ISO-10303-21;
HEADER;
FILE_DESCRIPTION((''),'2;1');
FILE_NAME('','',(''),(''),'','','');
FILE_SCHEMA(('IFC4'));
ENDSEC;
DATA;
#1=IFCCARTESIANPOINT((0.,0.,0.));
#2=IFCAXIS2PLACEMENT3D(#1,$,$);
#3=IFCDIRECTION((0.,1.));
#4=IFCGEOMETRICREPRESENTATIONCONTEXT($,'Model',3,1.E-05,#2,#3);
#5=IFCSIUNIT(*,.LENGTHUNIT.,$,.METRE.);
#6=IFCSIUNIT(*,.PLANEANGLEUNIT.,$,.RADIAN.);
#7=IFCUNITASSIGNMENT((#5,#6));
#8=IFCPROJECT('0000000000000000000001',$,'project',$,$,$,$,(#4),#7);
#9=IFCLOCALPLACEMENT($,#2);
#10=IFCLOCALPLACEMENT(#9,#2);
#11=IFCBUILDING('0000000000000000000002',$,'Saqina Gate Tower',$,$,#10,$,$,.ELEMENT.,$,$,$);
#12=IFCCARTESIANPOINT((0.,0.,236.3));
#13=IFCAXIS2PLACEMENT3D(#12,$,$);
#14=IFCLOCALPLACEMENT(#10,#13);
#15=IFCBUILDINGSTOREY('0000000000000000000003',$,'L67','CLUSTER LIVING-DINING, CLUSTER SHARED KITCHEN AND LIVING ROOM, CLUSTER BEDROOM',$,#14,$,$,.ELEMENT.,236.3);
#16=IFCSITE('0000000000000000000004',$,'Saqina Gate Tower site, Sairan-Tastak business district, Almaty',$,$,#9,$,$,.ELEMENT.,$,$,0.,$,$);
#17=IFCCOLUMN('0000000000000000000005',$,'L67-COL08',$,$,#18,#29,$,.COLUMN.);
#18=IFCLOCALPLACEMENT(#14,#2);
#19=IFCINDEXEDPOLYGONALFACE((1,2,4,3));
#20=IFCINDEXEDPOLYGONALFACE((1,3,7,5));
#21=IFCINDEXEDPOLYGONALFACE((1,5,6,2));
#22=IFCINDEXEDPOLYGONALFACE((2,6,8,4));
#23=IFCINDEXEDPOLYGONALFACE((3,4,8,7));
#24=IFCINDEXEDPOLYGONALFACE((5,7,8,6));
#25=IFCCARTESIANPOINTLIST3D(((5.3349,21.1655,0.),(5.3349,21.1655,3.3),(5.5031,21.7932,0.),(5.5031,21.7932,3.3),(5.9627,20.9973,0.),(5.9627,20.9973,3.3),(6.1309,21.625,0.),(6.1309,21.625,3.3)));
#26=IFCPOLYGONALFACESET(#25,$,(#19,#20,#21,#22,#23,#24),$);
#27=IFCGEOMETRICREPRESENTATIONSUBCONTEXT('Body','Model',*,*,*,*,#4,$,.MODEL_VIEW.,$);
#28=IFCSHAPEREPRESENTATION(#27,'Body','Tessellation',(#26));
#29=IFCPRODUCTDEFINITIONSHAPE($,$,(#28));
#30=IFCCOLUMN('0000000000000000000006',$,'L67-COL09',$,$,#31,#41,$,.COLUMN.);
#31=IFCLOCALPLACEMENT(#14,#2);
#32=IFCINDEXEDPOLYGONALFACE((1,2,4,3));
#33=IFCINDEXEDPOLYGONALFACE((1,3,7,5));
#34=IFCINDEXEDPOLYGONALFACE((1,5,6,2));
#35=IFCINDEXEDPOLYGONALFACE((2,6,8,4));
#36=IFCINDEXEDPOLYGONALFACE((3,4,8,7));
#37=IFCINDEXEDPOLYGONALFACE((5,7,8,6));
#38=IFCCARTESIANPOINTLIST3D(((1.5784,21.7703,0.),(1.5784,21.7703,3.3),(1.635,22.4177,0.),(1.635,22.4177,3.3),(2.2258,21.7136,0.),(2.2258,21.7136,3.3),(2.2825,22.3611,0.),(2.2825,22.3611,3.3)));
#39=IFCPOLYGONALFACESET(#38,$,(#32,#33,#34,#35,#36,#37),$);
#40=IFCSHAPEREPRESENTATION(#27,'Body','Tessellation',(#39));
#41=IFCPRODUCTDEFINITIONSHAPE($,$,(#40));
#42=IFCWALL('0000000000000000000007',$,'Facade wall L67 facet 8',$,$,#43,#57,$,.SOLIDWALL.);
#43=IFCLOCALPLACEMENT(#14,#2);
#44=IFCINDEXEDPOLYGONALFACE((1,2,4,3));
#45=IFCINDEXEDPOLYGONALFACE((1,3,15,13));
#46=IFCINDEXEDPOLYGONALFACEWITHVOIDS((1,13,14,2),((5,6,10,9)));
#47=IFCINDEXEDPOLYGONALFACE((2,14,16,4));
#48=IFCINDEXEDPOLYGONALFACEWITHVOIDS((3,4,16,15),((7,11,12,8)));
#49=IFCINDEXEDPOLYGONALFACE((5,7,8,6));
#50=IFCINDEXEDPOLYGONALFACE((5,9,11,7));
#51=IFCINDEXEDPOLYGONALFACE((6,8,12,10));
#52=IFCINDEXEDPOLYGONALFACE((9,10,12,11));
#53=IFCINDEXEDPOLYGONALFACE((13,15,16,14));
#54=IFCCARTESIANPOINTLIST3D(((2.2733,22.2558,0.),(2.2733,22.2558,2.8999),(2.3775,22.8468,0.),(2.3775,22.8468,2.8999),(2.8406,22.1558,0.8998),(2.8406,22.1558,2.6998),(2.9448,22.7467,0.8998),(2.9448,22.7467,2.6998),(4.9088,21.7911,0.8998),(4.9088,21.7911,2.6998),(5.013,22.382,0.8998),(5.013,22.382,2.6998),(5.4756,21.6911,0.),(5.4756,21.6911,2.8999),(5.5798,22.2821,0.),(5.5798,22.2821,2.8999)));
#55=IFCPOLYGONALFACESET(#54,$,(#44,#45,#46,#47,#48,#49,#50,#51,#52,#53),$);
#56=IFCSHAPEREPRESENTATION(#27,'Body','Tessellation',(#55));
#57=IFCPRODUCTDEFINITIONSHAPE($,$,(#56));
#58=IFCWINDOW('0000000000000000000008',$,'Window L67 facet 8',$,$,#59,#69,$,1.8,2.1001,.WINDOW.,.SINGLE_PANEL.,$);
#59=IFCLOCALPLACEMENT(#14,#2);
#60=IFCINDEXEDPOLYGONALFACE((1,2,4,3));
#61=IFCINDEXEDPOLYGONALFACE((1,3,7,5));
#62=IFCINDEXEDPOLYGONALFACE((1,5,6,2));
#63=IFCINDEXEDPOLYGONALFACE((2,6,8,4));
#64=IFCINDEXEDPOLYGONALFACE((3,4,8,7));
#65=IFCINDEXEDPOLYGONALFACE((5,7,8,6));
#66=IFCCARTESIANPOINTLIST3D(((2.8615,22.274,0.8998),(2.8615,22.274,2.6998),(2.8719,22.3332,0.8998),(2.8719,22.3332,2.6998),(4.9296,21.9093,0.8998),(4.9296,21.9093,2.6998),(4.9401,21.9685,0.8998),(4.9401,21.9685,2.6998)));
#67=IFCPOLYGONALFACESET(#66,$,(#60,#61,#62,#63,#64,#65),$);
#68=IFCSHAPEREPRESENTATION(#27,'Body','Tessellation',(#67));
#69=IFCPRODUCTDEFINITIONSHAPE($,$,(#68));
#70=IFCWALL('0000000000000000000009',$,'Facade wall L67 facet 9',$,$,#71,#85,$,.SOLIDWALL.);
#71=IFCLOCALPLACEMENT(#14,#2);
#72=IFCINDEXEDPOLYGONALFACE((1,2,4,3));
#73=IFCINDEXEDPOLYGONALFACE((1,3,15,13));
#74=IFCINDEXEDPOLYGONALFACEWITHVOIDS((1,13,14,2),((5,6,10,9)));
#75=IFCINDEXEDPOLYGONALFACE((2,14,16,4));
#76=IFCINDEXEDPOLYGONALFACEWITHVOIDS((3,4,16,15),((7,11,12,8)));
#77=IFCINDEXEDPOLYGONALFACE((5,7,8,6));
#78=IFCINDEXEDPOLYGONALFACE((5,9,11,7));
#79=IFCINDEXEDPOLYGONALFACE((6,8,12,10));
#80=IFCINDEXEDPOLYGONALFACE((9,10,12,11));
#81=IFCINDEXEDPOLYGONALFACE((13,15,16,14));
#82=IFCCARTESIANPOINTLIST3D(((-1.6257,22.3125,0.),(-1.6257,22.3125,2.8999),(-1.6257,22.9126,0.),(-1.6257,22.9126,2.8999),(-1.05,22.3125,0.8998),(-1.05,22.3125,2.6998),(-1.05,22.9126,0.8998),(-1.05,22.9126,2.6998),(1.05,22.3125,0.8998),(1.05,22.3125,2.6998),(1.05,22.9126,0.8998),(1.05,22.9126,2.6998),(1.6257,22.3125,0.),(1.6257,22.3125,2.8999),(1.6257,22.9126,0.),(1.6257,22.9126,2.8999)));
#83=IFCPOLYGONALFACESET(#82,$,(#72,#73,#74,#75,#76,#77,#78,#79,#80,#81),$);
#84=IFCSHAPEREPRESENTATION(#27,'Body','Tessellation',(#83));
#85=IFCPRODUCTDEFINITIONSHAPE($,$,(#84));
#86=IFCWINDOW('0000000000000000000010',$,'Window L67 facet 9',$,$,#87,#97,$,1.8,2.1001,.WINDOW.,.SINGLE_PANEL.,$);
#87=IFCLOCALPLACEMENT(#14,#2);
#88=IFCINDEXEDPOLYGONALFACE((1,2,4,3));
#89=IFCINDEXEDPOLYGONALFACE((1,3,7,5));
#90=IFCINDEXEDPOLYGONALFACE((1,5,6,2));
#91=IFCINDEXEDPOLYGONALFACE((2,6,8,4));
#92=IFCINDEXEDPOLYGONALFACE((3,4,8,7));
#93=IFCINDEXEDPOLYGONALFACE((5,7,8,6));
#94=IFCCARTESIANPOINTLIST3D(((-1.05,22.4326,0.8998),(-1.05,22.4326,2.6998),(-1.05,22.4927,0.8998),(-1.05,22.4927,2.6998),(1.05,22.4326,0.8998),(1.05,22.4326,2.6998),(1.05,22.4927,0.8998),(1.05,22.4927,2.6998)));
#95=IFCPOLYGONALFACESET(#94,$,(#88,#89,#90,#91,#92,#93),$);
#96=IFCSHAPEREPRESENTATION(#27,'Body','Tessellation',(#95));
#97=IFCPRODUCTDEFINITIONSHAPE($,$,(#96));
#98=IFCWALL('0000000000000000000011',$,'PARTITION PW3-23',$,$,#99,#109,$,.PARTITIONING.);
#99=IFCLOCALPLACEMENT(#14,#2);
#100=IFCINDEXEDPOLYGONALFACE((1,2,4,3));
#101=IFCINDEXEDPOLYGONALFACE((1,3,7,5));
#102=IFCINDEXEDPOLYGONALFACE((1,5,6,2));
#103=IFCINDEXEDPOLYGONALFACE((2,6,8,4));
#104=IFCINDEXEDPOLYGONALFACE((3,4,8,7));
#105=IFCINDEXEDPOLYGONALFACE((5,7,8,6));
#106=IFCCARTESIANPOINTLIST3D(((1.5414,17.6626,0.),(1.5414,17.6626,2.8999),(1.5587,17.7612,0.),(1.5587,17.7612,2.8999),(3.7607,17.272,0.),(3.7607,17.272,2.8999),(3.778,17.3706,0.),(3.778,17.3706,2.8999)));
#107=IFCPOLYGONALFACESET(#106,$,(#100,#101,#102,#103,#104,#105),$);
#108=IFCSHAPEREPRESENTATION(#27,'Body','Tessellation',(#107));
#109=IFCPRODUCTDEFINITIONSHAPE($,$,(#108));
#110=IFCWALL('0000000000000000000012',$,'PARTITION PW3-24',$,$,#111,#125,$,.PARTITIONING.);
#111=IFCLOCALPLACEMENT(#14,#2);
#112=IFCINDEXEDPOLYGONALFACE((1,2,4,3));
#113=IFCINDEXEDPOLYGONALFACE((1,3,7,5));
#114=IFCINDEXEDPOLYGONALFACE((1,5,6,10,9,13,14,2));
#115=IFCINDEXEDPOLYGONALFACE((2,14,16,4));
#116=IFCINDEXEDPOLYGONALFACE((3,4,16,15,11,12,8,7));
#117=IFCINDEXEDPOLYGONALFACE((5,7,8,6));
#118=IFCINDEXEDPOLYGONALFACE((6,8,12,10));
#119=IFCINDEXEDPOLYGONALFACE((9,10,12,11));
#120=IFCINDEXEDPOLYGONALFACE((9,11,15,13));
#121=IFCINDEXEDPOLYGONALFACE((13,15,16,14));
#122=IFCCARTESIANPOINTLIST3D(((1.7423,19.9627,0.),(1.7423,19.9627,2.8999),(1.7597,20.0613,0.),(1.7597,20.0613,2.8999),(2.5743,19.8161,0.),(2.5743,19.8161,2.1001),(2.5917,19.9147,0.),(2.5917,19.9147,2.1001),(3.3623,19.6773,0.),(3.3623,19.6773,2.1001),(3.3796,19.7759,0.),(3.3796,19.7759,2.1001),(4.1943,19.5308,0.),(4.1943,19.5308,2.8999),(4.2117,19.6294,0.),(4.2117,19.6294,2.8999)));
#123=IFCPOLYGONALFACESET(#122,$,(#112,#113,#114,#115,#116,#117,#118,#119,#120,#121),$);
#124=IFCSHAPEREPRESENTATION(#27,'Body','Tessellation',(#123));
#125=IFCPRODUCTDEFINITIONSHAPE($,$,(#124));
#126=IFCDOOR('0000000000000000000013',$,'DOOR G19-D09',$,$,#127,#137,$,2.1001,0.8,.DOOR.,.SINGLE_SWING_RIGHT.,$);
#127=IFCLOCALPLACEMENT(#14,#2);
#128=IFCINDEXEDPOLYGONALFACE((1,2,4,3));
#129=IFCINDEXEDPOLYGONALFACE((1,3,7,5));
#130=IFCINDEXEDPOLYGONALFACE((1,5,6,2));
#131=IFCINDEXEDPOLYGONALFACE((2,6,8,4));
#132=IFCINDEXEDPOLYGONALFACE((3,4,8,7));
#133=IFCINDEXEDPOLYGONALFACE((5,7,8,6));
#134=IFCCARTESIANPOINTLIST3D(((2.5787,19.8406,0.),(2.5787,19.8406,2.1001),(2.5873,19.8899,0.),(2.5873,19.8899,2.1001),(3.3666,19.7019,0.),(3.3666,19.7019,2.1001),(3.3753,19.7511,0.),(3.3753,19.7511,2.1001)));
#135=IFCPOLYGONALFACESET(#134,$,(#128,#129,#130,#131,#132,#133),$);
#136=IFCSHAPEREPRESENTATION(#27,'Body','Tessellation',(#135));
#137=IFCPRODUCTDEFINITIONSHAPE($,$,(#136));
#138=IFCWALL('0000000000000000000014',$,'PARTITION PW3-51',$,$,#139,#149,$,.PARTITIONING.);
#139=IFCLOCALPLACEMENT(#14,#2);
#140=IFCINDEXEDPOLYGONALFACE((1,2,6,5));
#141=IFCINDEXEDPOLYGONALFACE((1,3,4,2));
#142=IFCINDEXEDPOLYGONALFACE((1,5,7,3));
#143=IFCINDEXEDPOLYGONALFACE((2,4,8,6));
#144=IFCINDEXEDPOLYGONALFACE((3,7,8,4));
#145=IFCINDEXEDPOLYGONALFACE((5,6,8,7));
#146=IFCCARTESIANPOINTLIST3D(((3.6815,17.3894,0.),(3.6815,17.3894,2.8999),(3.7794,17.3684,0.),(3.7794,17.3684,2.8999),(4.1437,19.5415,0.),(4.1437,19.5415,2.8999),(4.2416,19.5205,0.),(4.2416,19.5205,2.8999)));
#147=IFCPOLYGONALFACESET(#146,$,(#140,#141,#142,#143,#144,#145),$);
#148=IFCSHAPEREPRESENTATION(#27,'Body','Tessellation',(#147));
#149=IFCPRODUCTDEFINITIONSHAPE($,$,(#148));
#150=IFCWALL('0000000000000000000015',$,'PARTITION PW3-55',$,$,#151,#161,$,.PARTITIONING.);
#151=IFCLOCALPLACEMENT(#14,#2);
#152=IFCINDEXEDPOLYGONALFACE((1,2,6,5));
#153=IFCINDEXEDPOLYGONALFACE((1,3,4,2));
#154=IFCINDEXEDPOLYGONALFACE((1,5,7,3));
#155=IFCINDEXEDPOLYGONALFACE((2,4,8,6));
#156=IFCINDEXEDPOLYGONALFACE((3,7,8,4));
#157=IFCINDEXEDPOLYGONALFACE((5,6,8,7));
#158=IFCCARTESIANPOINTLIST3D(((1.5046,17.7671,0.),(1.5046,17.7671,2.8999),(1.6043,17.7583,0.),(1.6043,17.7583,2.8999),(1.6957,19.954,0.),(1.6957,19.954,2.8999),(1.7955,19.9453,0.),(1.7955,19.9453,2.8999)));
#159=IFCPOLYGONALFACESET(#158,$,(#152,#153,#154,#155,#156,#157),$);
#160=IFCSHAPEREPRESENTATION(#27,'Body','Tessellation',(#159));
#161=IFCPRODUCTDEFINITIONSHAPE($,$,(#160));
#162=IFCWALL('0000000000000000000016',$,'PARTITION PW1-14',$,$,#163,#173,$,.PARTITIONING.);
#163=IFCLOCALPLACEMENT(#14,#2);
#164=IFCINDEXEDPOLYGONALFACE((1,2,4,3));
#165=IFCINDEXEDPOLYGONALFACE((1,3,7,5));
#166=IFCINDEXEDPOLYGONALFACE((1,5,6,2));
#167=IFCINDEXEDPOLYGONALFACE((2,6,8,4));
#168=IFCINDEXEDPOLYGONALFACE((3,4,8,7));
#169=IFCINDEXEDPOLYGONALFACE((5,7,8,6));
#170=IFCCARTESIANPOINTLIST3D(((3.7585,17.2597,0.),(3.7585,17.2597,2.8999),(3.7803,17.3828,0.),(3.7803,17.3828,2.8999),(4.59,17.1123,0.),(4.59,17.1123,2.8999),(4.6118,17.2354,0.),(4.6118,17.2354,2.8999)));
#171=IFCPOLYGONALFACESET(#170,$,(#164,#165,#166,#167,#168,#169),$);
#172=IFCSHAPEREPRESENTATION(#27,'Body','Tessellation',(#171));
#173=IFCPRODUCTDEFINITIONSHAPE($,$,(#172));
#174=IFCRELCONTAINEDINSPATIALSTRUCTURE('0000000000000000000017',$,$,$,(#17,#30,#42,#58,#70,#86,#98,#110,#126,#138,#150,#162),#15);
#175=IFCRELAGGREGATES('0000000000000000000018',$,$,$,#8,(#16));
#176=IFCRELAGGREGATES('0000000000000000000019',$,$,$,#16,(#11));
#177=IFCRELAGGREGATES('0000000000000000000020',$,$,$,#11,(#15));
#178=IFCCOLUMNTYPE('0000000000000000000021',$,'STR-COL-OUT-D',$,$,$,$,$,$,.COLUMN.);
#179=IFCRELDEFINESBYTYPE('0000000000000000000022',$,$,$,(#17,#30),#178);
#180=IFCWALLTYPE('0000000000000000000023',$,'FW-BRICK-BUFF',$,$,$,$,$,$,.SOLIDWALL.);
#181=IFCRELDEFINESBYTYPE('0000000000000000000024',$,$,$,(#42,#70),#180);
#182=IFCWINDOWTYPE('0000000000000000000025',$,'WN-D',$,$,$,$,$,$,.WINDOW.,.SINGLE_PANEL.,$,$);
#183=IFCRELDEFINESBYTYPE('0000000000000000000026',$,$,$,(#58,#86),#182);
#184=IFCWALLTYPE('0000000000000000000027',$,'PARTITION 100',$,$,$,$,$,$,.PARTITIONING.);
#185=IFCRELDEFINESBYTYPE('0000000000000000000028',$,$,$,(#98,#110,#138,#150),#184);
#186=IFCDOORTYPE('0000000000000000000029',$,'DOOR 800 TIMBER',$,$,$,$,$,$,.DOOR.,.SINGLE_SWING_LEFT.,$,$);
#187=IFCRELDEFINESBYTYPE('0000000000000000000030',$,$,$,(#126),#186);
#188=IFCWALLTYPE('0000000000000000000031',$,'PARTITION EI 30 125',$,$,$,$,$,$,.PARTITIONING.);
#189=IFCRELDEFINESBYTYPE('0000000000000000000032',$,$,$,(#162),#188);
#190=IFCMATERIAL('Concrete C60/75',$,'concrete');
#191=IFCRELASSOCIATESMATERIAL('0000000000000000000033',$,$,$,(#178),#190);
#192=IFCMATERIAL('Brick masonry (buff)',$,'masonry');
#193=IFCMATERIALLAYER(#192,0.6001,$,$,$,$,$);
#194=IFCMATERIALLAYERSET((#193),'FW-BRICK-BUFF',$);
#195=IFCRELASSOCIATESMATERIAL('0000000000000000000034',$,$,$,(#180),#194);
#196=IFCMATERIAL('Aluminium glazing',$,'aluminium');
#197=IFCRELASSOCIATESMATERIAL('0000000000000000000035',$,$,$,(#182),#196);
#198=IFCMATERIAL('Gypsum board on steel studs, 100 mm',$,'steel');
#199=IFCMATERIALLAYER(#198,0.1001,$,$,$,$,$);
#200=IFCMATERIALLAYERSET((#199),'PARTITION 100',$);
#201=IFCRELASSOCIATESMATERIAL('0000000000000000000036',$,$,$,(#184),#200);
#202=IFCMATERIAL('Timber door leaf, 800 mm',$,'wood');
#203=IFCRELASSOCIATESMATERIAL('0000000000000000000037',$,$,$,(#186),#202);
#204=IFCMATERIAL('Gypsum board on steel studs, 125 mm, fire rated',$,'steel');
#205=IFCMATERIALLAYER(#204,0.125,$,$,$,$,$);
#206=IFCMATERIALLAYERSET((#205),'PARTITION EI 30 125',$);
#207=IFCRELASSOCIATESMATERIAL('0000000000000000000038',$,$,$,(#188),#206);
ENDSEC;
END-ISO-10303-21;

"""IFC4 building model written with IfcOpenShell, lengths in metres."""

from ifc_helpers import new_model, si_unit, direction, frame, frame_2d, origin, origin_2d, place, context, subcontext, project, spatial, rectangle, extrude, material, layer, layer_set, material_profile, profile_set, type_object, element, fill, save


model = new_model("IFC4")

# Units and contexts
model_context = context("Model", 3, precision=1e-05, world=origin(), true_north=direction((0.0, 1.0)))
body_context = subcontext(model_context, "Body", "Model", "MODEL_VIEW")
ifc_project = project(units=[si_unit("LENGTHUNIT", "METRE"), si_unit("PLANEANGLEUNIT", "RADIAN")], contexts=[model_context])

# Site, building, storey
site_placement = place(None, origin())
site = spatial("IfcSite", under=ifc_project, at=site_placement, Name="Saqina Gate Tower site, Sairan-Tastak business district, Almaty", CompositionType="ELEMENT", RefElevation=0.0)
building_placement = place(site_placement, origin())
building = spatial("IfcBuilding", under=site, at=building_placement, Name="Saqina Gate Tower", CompositionType="ELEMENT")
storey_placement = place(building_placement, frame((0.0, 0.0, 236.3)))
storey = spatial("IfcBuildingStorey", under=building, at=storey_placement, Name="L67", Description="CLUSTER LIVING-DINING, CLUSTER SHARED KITCHEN AND LIVING ROOM, CLUSTER BEDROOM", CompositionType="ELEMENT", Elevation=236.3)

# Columns
ifc_material_1 = material(Name="Concrete C60/75", Category="concrete")
ifc_material_profile = material_profile(ifc_material_1, rectangle(XDim=0.6499, YDim=0.6499, at=origin_2d()), Name="RC 650x650")
ifc_profile_set = profile_set([ifc_material_profile], Name="Concrete C60/75")
column_type = type_object("IfcColumnType", Name="STR-COL-OUT-D", PredefinedType="COLUMN", material=ifc_profile_set)
for number, where, z_axis, x_axis, name in (
    (1, (5.7329, 21.3953, 0.0), (0.0, 0.0, 1.0), (0.258819, 0.965926, 0.0), "L67-COL08"),
    (2, (1.9304, 22.0657, 0.0), (0.0, 0.0, 1.0), (0.087156, 0.996195, 0.0), "L67-COL09"),
):
    element("IfcColumn", number, at=place(storey_placement, frame(where, z_axis=z_axis, x_axis=x_axis)), inside=storey, type_object=column_type, Name=name, PredefinedType="COLUMN", context=body_context, shape_type="SweptSolid", body=[
        extrude(rectangle(XDim=0.6499, YDim=0.6499, at=origin_2d()), origin(), (0.0, 0.0, 1.0), 3.3),
    ])

# Walls, openings, windows
ifc_material_2 = material(Name="Brick masonry (buff)", Category="masonry")
ifc_layer_1 = layer(ifc_material_2, 0.6001)
ifc_layer_set_1 = layer_set([ifc_layer_1], Name="FW-BRICK-BUFF")
wall_type_1 = type_object("IfcWallType", Name="FW-BRICK-BUFF", PredefinedType="SOLIDWALL", material=ifc_layer_set_1)
wall_1_placement = place(storey_placement, frame((5.5278, 21.9866, 0.0), z_axis=(0.0, 0.0, 1.0), x_axis=(-0.984806, 0.173657, 0.0)))
wall_1 = element("IfcWall", 3, at=wall_1_placement, inside=storey, type_object=wall_type_1, Name="Facade wall L67 facet 8", PredefinedType="SOLIDWALL", context=body_context, shape_type="SweptSolid", body=[
    extrude(rectangle(XDim=3.2517, YDim=0.6001, at=frame_2d((1.626, 0.0))), origin(), (0.0, 0.0, 1.0), 2.8999),
])
opening_1_placement = place(wall_1_placement, frame((0.5757, 0.0, 0.8999)))
opening_1 = element("IfcOpeningElement", 4, at=opening_1_placement, cuts=wall_1, PredefinedType="OPENING", context=body_context, shape_type="SweptSolid", body=[
    extrude(rectangle(XDim=2.1001, YDim=1.8, at=frame_2d((1.05, 0.8999))), frame((0.0, 0.312, 0.0), z_axis=(0.0, -1.0, 0.0), x_axis=(1.0, 0.0, 0.0)), (0.0, 0.0, 1.0), 0.624),
])
ifc_material_3 = material(Name="Aluminium glazing", Category="aluminium")
window_type = type_object("IfcWindowType", Name="WN-D", PartitioningType="SINGLE_PANEL", PredefinedType="WINDOW", material=ifc_material_3)
window_1_placement = place(opening_1_placement, origin())
window_1 = element("IfcWindow", 5, at=window_1_placement, inside=storey, type_object=window_type, Name="Window L67 facet 8", OverallHeight=1.8, OverallWidth=2.1001, PartitioningType="SINGLE_PANEL", PredefinedType="WINDOW", context=body_context, shape_type="SweptSolid", body=[
    extrude(rectangle(XDim=2.1001, YDim=1.8, at=frame_2d((1.05, 0.8999))), frame((0.0, 0.1799, 0.0), z_axis=(0.0, -1.0, 0.0), x_axis=(1.0, 0.0, 0.0)), (0.0, 0.0, 1.0), 0.0601),
])
fill(opening_1, window_1)
wall_2_placement = place(storey_placement, frame((1.6257, 22.6125, 0.0), z_axis=(0.0, 0.0, 1.0), x_axis=(-1.0, 0.0, 0.0)))
wall_2 = element("IfcWall", 6, at=wall_2_placement, inside=storey, type_object=wall_type_1, Name="Facade wall L67 facet 9", PredefinedType="SOLIDWALL", context=body_context, shape_type="SweptSolid", body=[
    extrude(rectangle(XDim=3.2515, YDim=0.6001, at=frame_2d((1.6257, 0.0))), origin(), (0.0, 0.0, 1.0), 2.8999),
])
opening_2_placement = place(wall_2_placement, frame((0.5757, 0.0, 0.8999)))
opening_2 = element("IfcOpeningElement", 7, at=opening_2_placement, cuts=wall_2, PredefinedType="OPENING", context=body_context, shape_type="SweptSolid", body=[
    extrude(rectangle(XDim=2.1001, YDim=1.8, at=frame_2d((1.05, 0.8999))), frame((0.0, 0.312, 0.0), z_axis=(0.0, -1.0, 0.0), x_axis=(1.0, 0.0, 0.0)), (0.0, 0.0, 1.0), 0.624),
])
window_2_placement = place(opening_2_placement, origin())
window_2 = element("IfcWindow", 8, at=window_2_placement, inside=storey, type_object=window_type, Name="Window L67 facet 9", OverallHeight=1.8, OverallWidth=2.1001, PartitioningType="SINGLE_PANEL", PredefinedType="WINDOW", context=body_context, shape_type="SweptSolid", body=[
    extrude(rectangle(XDim=2.1001, YDim=1.8, at=frame_2d((1.05, 0.8999))), frame((0.0, 0.1799, 0.0), z_axis=(0.0, -1.0, 0.0), x_axis=(1.0, 0.0, 0.0)), (0.0, 0.0, 1.0), 0.0601),
])
fill(opening_2, window_2)

# Wall
ifc_material_4 = material(Name="Gypsum board on steel studs, 100 mm", Category="steel")
ifc_layer_2 = layer(ifc_material_4, 0.1001)
ifc_layer_set_2 = layer_set([ifc_layer_2], Name="PARTITION 100")
wall_type_2 = type_object("IfcWallType", Name="PARTITION 100", PredefinedType="PARTITIONING", material=ifc_layer_set_2)
wall_3_placement = place(storey_placement, frame((1.55, 17.7119, 0.0), z_axis=(0.0, 0.0, 1.0), x_axis=(0.98486, -0.173353, 0.0)))
element("IfcWall", 9, at=wall_3_placement, inside=storey, type_object=wall_type_2, Name="PARTITION PW3-23", PredefinedType="PARTITIONING", context=body_context, shape_type="SweptSolid", body=[
    extrude(rectangle(XDim=2.2534, YDim=0.1001, at=frame_2d((1.1267, 0.0))), origin(), (0.0, 0.0, 1.0), 2.8999),
])

# Wall, opening, door
wall_4_placement = place(storey_placement, frame((1.751, 20.012, 0.0), z_axis=(0.0, 0.0, 1.0), x_axis=(0.984839, -0.173472, 0.0)))
wall_4 = element("IfcWall", 10, at=wall_4_placement, inside=storey, type_object=wall_type_2, Name="PARTITION PW3-24", PredefinedType="PARTITIONING", context=body_context, shape_type="SweptSolid", body=[
    extrude(rectangle(XDim=2.4897, YDim=0.1001, at=frame_2d((1.2449, 0.0))), origin(), (0.0, 0.0, 1.0), 2.8999),
])
opening_3_placement = place(wall_4_placement, frame((0.845, 0.0, 0.0)))
opening_3 = element("IfcOpeningElement", 11, at=opening_3_placement, cuts=wall_4, PredefinedType="OPENING", context=body_context, shape_type="SweptSolid", body=[
    extrude(rectangle(XDim=0.8, YDim=2.1001, at=frame_2d((0.3999, 1.05))), frame((0.0, 0.062, 0.0), z_axis=(0.0, -1.0, 0.0), x_axis=(1.0, 0.0, 0.0)), (0.0, 0.0, 1.0), 0.124),
])
ifc_material_5 = material(Name="Timber door leaf, 800 mm", Category="wood")
door_type_1 = type_object("IfcDoorType", Name="DOOR 800 TIMBER", OperationType="SINGLE_SWING_LEFT", PredefinedType="DOOR", material=ifc_material_5)
door_1_placement = place(opening_3_placement, origin())
door_1 = element("IfcDoor", 12, at=door_1_placement, inside=storey, type_object=door_type_1, Name="DOOR G19-D09", OperationType="SINGLE_SWING_RIGHT", OverallHeight=2.1001, OverallWidth=0.8, PredefinedType="DOOR", context=body_context, shape_type="SweptSolid", body=[
    extrude(rectangle(XDim=0.8, YDim=2.1001, at=frame_2d((0.3999, 1.05))), frame((0.0, 0.0249, 0.0), z_axis=(0.0, -1.0, 0.0), x_axis=(1.0, 0.0, 0.0)), (0.0, 0.0, 1.0), 0.05),
])
fill(opening_3, door_1)

# Walls
wall_5_placement = place(storey_placement, frame((3.7305, 17.3789, 0.0), z_axis=(0.0, 0.0, 1.0), x_axis=(0.209961, 0.97771, 0.0)))
element("IfcWall", 13, at=wall_5_placement, inside=storey, type_object=wall_type_2, Name="PARTITION PW3-51", PredefinedType="PARTITIONING", context=body_context, shape_type="SweptSolid", body=[
    extrude(rectangle(XDim=2.2012, YDim=0.1001, at=frame_2d((1.1006, 0.0))), origin(), (0.0, 0.0, 1.0), 2.8999),
])
wall_6_placement = place(storey_placement, frame((1.5544, 17.7627, 0.0), z_axis=(0.0, 0.0, 1.0), x_axis=(0.087076, 0.996202, 0.0)))
element("IfcWall", 14, at=wall_6_placement, inside=storey, type_object=wall_type_2, Name="PARTITION PW3-55", PredefinedType="PARTITIONING", context=body_context, shape_type="SweptSolid", body=[
    extrude(rectangle(XDim=2.1953, YDim=0.1001, at=frame_2d((1.0977, 0.0))), origin(), (0.0, 0.0, 1.0), 2.8999),
])
ifc_material_6 = material(Name="Gypsum board on steel studs, 125 mm, fire rated", Category="steel")
ifc_layer_3 = layer(ifc_material_6, 0.125)
ifc_layer_set_3 = layer_set([ifc_layer_3], Name="PARTITION EI 30 125")
wall_type_3 = type_object("IfcWallType", Name="PARTITION EI 30 125", PredefinedType="PARTITIONING", material=ifc_layer_set_3)
wall_7_placement = place(storey_placement, frame((3.7693, 17.3213, 0.0), z_axis=(0.0, 0.0, 1.0), x_axis=(0.984638, -0.17461, 0.0)))
element("IfcWall", 15, at=wall_7_placement, inside=storey, type_object=wall_type_3, Name="PARTITION PW1-14", PredefinedType="PARTITIONING", context=body_context, shape_type="SweptSolid", body=[
    extrude(rectangle(XDim=0.8445, YDim=0.125, at=frame_2d((0.4224, 0.0))), origin(), (0.0, 0.0, 1.0), 2.8999),
])

save(model, "model.ifc")
